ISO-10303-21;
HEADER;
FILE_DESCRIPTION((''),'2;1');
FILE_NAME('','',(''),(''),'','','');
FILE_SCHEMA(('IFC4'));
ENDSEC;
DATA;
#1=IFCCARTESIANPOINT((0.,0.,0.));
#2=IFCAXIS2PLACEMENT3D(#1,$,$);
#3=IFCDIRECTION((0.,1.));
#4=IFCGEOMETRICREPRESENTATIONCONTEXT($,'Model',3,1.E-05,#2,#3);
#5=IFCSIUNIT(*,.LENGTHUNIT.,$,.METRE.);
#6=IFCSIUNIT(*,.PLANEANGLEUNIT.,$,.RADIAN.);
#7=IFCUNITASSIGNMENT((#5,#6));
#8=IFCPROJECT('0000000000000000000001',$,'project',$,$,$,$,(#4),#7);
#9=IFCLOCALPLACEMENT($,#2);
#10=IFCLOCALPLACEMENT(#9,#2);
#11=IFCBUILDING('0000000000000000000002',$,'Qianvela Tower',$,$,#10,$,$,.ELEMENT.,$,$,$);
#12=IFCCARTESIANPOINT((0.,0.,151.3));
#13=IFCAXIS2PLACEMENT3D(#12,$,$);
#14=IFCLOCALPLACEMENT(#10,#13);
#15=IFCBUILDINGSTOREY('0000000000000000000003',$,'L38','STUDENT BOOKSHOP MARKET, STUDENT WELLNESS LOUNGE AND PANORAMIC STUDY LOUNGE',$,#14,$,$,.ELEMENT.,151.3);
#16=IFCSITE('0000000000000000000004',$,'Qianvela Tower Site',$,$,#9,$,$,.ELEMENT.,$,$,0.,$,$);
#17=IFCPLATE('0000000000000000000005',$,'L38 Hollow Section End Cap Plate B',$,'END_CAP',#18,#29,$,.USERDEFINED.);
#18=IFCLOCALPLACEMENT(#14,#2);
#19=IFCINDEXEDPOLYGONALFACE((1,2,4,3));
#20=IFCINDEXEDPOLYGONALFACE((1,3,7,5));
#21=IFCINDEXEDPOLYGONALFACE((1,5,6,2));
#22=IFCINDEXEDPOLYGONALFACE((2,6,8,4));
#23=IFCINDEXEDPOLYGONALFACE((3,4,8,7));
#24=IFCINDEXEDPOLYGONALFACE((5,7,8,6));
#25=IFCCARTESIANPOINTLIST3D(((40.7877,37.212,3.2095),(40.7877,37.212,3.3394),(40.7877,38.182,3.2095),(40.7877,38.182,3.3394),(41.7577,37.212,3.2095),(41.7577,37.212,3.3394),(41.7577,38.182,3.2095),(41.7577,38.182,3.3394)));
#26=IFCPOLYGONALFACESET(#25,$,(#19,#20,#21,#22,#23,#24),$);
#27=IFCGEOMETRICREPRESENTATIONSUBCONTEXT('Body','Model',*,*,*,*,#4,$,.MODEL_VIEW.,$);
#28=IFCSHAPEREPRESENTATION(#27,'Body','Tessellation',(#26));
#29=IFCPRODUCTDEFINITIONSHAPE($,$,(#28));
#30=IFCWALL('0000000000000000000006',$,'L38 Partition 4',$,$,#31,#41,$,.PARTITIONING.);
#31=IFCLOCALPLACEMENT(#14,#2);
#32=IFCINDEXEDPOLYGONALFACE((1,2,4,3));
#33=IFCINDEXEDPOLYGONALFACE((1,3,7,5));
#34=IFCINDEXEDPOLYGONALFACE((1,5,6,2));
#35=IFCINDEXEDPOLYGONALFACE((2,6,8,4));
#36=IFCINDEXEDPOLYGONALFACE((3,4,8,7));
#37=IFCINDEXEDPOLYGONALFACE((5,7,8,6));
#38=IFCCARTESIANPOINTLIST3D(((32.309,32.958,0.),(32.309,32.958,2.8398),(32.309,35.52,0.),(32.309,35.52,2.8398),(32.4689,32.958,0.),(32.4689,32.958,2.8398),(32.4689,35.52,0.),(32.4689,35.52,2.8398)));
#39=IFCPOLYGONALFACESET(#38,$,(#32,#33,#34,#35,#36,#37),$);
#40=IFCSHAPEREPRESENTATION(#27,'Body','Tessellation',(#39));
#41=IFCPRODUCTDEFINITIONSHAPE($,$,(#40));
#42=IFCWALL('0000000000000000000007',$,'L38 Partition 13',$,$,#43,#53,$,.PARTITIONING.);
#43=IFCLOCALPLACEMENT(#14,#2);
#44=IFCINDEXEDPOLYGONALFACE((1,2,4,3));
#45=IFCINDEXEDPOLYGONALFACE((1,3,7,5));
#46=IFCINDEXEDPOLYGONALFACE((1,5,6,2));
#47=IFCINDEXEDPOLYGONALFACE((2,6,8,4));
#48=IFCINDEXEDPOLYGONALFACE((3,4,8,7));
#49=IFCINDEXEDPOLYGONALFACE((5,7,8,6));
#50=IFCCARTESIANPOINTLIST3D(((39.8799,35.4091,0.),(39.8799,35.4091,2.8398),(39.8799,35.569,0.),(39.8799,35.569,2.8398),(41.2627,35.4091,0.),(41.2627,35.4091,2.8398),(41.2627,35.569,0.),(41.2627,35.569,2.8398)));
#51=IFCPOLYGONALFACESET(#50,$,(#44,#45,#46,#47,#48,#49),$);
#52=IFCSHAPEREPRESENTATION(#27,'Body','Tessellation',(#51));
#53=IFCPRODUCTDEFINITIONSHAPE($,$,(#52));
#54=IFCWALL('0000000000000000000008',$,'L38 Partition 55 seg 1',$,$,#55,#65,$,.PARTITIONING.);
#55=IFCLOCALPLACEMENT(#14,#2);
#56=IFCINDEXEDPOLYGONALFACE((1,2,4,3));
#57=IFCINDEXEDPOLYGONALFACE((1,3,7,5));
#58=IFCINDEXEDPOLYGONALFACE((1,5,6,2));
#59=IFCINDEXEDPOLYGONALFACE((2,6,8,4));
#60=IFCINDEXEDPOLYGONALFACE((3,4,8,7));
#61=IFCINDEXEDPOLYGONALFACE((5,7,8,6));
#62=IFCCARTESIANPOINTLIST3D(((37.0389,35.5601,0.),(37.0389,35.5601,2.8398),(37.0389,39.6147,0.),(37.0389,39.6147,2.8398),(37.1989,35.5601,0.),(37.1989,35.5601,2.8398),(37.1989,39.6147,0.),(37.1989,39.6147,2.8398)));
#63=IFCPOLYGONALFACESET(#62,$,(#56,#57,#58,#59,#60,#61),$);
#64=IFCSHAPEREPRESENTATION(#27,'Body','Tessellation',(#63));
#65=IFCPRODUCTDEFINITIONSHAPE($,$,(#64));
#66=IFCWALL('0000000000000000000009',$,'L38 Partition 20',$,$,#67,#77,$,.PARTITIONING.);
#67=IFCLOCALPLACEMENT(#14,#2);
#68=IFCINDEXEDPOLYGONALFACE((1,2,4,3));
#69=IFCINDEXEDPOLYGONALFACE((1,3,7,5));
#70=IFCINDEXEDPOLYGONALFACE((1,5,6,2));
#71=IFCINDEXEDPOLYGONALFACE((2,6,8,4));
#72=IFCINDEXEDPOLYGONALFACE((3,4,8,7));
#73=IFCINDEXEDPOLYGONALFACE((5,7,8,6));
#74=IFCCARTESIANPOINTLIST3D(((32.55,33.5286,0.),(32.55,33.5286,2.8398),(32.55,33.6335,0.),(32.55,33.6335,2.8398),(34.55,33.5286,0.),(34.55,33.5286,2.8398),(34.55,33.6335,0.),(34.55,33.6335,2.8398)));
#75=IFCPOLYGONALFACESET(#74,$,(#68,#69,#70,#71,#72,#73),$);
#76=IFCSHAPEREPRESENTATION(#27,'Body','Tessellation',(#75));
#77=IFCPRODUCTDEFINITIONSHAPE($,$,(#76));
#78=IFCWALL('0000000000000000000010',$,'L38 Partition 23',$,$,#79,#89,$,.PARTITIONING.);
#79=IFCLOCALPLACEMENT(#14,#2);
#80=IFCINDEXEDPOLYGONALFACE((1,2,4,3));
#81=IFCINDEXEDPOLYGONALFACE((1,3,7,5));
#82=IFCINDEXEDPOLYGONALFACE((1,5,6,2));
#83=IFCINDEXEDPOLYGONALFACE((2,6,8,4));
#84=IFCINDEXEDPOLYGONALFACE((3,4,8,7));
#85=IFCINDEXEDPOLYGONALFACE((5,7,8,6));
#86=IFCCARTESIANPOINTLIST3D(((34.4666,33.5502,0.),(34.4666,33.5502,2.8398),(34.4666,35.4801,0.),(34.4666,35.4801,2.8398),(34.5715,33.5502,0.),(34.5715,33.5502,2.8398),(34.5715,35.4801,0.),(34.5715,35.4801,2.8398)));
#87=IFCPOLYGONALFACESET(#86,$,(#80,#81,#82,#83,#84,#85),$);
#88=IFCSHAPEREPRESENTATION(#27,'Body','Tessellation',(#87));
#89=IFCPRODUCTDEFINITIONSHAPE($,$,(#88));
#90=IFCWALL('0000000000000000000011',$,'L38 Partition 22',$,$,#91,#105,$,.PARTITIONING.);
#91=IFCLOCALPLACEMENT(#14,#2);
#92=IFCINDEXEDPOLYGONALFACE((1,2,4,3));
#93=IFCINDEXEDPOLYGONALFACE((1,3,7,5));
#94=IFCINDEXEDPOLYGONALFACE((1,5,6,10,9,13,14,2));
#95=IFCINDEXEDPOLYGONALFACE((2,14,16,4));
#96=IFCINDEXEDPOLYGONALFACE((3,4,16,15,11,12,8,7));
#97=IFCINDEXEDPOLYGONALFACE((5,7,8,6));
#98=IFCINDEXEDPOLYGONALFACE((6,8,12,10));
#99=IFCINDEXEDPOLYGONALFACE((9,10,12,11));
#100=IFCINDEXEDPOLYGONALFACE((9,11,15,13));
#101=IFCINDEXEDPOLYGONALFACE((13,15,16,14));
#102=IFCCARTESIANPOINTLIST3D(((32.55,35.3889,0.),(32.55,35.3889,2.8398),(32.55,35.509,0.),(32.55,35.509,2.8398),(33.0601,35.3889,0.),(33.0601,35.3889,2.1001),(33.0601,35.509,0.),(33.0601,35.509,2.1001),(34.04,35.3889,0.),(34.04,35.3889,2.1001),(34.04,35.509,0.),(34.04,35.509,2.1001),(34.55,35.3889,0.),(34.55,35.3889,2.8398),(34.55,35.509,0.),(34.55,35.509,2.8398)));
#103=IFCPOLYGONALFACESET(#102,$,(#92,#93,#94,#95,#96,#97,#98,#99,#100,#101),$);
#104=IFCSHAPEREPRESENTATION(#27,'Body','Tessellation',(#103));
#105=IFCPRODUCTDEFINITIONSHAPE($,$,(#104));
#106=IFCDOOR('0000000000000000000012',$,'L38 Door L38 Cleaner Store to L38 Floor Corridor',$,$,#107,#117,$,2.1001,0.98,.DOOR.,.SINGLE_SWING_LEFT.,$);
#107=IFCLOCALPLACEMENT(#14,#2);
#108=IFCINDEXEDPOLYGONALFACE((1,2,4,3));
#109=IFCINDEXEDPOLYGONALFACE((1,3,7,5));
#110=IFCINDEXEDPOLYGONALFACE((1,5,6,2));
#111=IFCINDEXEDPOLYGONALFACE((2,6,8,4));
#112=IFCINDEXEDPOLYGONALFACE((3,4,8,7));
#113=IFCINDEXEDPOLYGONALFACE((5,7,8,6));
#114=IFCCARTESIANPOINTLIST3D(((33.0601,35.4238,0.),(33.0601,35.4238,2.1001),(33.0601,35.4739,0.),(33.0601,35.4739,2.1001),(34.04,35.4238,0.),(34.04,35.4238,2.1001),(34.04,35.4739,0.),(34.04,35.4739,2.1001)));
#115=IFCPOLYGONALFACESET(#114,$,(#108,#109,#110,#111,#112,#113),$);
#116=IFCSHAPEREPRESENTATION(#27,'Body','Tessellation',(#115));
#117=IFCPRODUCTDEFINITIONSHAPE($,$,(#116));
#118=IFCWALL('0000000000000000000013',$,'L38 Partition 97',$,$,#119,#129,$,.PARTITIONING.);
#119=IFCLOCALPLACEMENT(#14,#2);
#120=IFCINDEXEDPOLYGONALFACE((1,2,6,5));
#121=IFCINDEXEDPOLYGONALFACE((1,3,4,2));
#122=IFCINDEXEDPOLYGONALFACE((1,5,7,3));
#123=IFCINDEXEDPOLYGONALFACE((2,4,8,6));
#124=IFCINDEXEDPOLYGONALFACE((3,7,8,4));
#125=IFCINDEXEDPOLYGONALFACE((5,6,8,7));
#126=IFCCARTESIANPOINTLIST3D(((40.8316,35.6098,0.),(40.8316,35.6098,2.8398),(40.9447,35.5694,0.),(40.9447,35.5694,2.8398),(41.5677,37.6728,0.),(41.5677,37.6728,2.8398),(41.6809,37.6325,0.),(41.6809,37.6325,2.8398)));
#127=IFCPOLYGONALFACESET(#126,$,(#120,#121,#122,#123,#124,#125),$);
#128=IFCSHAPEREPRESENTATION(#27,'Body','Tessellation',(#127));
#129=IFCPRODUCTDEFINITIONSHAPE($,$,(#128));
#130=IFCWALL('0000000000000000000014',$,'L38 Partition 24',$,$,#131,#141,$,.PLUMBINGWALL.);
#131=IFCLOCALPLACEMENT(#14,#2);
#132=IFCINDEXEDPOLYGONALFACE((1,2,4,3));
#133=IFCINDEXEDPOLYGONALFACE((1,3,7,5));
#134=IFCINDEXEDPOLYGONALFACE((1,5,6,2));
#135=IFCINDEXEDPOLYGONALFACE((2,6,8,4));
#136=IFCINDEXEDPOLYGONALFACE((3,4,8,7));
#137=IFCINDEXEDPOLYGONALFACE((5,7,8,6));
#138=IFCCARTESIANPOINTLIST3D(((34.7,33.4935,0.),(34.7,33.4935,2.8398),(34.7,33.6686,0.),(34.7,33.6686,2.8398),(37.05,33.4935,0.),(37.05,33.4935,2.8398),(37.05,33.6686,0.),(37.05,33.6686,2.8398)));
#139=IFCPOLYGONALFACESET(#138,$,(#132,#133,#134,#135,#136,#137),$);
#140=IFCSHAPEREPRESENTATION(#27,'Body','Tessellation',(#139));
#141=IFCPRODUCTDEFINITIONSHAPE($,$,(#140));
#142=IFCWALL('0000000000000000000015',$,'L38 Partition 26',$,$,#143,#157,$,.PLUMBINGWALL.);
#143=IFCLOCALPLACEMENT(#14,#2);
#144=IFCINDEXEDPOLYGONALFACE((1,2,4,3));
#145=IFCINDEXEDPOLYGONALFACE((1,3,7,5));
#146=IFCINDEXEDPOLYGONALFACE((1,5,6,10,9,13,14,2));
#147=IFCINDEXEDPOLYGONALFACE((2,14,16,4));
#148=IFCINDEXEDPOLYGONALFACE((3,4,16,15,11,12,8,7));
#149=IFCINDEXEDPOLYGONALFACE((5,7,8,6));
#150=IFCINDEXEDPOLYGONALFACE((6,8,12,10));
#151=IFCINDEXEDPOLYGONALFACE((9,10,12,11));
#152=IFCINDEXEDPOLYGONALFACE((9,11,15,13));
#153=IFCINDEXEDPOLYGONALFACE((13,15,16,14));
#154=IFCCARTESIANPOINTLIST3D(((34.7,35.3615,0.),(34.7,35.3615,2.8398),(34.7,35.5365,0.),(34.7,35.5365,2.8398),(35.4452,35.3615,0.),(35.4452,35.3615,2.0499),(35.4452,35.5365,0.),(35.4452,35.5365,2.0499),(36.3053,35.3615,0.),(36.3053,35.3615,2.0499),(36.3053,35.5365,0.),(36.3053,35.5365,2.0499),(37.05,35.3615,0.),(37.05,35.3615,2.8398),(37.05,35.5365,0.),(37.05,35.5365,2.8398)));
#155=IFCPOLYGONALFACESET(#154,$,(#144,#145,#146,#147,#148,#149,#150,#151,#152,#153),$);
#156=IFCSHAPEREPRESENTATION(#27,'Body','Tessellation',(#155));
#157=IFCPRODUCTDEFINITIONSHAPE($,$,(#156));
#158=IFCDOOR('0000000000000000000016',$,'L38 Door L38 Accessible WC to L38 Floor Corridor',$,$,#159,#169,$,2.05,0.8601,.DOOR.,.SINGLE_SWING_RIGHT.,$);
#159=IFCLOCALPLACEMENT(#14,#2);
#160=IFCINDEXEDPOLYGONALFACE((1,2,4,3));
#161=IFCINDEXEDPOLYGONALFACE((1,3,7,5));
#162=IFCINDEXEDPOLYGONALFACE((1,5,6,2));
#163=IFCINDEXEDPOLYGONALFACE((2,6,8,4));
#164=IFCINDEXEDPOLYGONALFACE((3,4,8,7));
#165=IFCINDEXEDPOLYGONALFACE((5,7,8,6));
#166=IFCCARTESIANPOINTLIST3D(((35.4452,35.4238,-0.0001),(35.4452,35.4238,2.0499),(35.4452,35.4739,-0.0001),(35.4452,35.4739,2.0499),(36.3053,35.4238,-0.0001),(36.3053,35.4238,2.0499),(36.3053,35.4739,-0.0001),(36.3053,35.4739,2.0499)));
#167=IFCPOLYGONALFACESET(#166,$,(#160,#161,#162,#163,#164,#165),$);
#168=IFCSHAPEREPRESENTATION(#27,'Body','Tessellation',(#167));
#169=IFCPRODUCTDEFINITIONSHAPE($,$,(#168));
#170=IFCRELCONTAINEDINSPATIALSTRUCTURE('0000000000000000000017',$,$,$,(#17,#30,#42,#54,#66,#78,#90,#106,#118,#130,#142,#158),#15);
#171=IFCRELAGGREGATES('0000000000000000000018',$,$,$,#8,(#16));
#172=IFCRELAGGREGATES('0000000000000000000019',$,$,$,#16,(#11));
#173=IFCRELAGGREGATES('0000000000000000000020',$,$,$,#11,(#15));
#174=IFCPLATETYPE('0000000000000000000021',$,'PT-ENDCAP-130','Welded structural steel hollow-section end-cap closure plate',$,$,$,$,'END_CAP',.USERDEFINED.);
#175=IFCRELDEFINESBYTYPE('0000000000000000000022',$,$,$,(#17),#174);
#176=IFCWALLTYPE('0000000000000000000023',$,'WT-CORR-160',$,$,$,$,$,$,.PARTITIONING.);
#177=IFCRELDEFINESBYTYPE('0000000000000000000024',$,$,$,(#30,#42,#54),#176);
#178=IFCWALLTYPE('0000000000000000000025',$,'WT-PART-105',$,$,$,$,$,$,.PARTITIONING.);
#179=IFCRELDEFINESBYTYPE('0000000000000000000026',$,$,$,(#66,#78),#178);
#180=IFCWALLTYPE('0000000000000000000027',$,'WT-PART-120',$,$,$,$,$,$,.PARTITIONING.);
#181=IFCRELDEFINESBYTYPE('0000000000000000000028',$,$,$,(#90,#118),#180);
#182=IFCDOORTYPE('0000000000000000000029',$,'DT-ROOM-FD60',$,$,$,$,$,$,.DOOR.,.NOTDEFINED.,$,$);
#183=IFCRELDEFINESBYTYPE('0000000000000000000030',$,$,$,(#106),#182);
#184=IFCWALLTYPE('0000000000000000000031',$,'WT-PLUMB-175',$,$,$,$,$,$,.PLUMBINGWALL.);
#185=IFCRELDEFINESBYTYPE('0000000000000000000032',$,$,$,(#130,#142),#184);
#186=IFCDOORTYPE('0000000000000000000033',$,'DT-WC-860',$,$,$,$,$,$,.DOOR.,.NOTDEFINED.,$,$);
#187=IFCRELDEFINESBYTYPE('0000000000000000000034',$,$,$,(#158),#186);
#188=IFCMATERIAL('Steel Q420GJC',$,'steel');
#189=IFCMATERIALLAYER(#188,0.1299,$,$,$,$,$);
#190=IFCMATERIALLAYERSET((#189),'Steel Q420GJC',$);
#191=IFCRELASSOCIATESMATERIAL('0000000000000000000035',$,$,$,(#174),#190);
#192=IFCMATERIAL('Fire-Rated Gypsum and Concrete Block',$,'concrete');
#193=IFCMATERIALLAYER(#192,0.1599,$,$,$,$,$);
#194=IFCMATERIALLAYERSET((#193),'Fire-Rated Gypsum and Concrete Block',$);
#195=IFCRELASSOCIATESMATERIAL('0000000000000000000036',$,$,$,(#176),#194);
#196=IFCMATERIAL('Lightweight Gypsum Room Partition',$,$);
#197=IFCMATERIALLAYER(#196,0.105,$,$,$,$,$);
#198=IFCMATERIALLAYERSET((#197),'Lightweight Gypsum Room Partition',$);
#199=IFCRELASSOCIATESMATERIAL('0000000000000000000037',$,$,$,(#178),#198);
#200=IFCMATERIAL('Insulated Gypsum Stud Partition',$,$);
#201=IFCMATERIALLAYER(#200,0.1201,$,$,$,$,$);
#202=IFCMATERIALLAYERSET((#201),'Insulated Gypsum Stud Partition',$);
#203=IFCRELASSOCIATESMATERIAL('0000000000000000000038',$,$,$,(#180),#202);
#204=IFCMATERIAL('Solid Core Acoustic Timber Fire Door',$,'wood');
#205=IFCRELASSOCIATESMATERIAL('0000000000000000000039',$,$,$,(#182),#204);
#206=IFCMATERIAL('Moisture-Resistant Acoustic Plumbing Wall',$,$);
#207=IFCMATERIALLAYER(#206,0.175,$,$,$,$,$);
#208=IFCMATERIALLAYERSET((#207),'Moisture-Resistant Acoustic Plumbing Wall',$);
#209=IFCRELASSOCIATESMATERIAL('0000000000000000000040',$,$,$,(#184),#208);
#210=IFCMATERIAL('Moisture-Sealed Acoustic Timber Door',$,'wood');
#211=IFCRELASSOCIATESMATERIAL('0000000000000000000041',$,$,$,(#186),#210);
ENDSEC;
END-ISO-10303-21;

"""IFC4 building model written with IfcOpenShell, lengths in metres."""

from ifc_helpers import new_model, si_unit, direction, frame, frame_2d, origin, origin_2d, place, context, subcontext, project, spatial, rectangle, extrude, material, layer, layer_set, type_object, element, fill, save


model = new_model("IFC4")

# Units and contexts
model_context = context("Model", 3, precision=1e-05, world=origin(), true_north=direction((0.0, 1.0)))
body_context = subcontext(model_context, "Body", "Model", "MODEL_VIEW")
ifc_project = project(units=[si_unit("LENGTHUNIT", "METRE"), si_unit("PLANEANGLEUNIT", "RADIAN")], contexts=[model_context])

# Site, building, storey
site_placement = place(None, origin())
site = spatial("IfcSite", under=ifc_project, at=site_placement, Name="Qianvela Tower Site", CompositionType="ELEMENT", RefElevation=0.0)
building_placement = place(site_placement, origin())
building = spatial("IfcBuilding", under=site, at=building_placement, Name="Qianvela Tower", CompositionType="ELEMENT")
storey_placement = place(building_placement, frame((0.0, 0.0, 151.3)))
storey = spatial("IfcBuildingStorey", under=building, at=storey_placement, Name="L38", Description="STUDENT BOOKSHOP MARKET, STUDENT WELLNESS LOUNGE AND PANORAMIC STUDY LOUNGE", CompositionType="ELEMENT", Elevation=151.3)

# Plate
ifc_material_1 = material(Name="Steel Q420GJC", Category="steel")
ifc_layer_1 = layer(ifc_material_1, 0.1299)
ifc_layer_set_1 = layer_set([ifc_layer_1], Name="Steel Q420GJC")
plate_type_1 = type_object("IfcPlateType", Name="PT-ENDCAP-130", Description="Welded structural steel hollow-section end-cap closure plate", ElementType="END_CAP", PredefinedType="USERDEFINED", material=ifc_layer_set_1)
plate_1_placement = place(storey_placement, frame((41.2727, 37.697, 3.2095), z_axis=(0.0, 0.0, 1.0), x_axis=(1.0, 0.0, 0.0)))
element("IfcPlate", 1, at=plate_1_placement, inside=storey, type_object=plate_type_1, Name="L38 Hollow Section End Cap Plate B", ObjectType="END_CAP", PredefinedType="USERDEFINED", context=body_context, shape_type="SweptSolid", body=[
    extrude(rectangle(XDim=0.97, YDim=0.97, at=origin_2d()), origin(), (0.0, 0.0, 1.0), 0.1299),
])

# Walls
ifc_material_2 = material(Name="Fire-Rated Gypsum and Concrete Block", Category="concrete")
ifc_layer_2 = layer(ifc_material_2, 0.1599)
ifc_layer_set_2 = layer_set([ifc_layer_2], Name="Fire-Rated Gypsum and Concrete Block")
wall_type_1 = type_object("IfcWallType", Name="WT-CORR-160", PredefinedType="PARTITIONING", material=ifc_layer_set_2)
wall_1_placement = place(storey_placement, frame((32.3889, 35.52, 0.0), z_axis=(0.0, 0.0, 1.0), x_axis=(0.0, -1.0, 0.0)))
element("IfcWall", 2, at=wall_1_placement, inside=storey, type_object=wall_type_1, Name="L38 Partition 4", PredefinedType="PARTITIONING", context=body_context, shape_type="SweptSolid", body=[
    extrude(rectangle(XDim=2.562, YDim=0.1599, at=frame_2d((1.281, 0.0))), origin(), (0.0, 0.0, 1.0), 2.8398),
])
wall_2_placement = place(storey_placement, frame((39.8799, 35.489, 0.0), z_axis=(0.0, 0.0, 1.0), x_axis=(1.0, 0.0, 0.0)))
element("IfcWall", 3, at=wall_2_placement, inside=storey, type_object=wall_type_1, Name="L38 Partition 13", PredefinedType="PARTITIONING", context=body_context, shape_type="SweptSolid", body=[
    extrude(rectangle(XDim=1.3828, YDim=0.1599, at=frame_2d((0.6914, 0.0))), origin(), (0.0, 0.0, 1.0), 2.8398),
])
wall_3_placement = place(storey_placement, frame((37.1189, 39.6147, 0.0), z_axis=(0.0, 0.0, 1.0), x_axis=(0.0, -1.0, 0.0)))
element("IfcWall", 4, at=wall_3_placement, inside=storey, type_object=wall_type_1, Name="L38 Partition 55 seg 1", PredefinedType="PARTITIONING", context=body_context, shape_type="SweptSolid", body=[
    extrude(rectangle(XDim=4.0547, YDim=0.1599, at=frame_2d((2.0273, 0.0))), origin(), (0.0, 0.0, 1.0), 2.8398),
])
ifc_material_3 = material(Name="Lightweight Gypsum Room Partition")
ifc_layer_3 = layer(ifc_material_3, 0.105)
ifc_layer_set_3 = layer_set([ifc_layer_3], Name="Lightweight Gypsum Room Partition")
wall_type_2 = type_object("IfcWallType", Name="WT-PART-105", PredefinedType="PARTITIONING", material=ifc_layer_set_3)
wall_4_placement = place(storey_placement, frame((34.55, 33.5811, 0.0), z_axis=(0.0, 0.0, 1.0), x_axis=(-1.0, 0.0, 0.0)))
element("IfcWall", 5, at=wall_4_placement, inside=storey, type_object=wall_type_2, Name="L38 Partition 20", PredefinedType="PARTITIONING", context=body_context, shape_type="SweptSolid", body=[
    extrude(rectangle(XDim=2.0, YDim=0.105, at=frame_2d((1.0, 0.0))), origin(), (0.0, 0.0, 1.0), 2.8398),
])
wall_5_placement = place(storey_placement, frame((34.519, 35.48, 0.0), z_axis=(0.0, 0.0, 1.0), x_axis=(0.0, -1.0, 0.0)))
element("IfcWall", 6, at=wall_5_placement, inside=storey, type_object=wall_type_2, Name="L38 Partition 23", PredefinedType="PARTITIONING", context=body_context, shape_type="SweptSolid", body=[
    extrude(rectangle(XDim=1.9299, YDim=0.105, at=frame_2d((0.9648, 0.0))), origin(), (0.0, 0.0, 1.0), 2.8398),
])

# Wall, opening, door
ifc_material_4 = material(Name="Insulated Gypsum Stud Partition")
ifc_layer_4 = layer(ifc_material_4, 0.1201)
ifc_layer_set_4 = layer_set([ifc_layer_4], Name="Insulated Gypsum Stud Partition")
wall_type_3 = type_object("IfcWallType", Name="WT-PART-120", PredefinedType="PARTITIONING", material=ifc_layer_set_4)
wall_6_placement = place(storey_placement, frame((32.55, 35.449, 0.0), z_axis=(0.0, 0.0, 1.0), x_axis=(1.0, 0.0, 0.0)))
wall_6 = element("IfcWall", 7, at=wall_6_placement, inside=storey, type_object=wall_type_3, Name="L38 Partition 22", PredefinedType="PARTITIONING", context=body_context, shape_type="SweptSolid", body=[
    extrude(rectangle(XDim=2.0, YDim=0.1201, at=frame_2d((1.0, 0.0))), origin(), (0.0, 0.0, 1.0), 2.8398),
])
opening_1_placement = place(wall_6_placement, frame((0.51, 0.0, 0.0)))
opening_1 = element("IfcOpeningElement", 8, at=opening_1_placement, cuts=wall_6, PredefinedType="OPENING", context=body_context, shape_type="SweptSolid", body=[
    extrude(rectangle(XDim=0.98, YDim=2.1001, at=frame_2d((0.49, 1.05))), frame((0.0, 0.0701, 0.0), z_axis=(0.0, -1.0, 0.0), x_axis=(1.0, 0.0, 0.0)), (0.0, 0.0, 1.0), 0.1401),
])
ifc_material_5 = material(Name="Solid Core Acoustic Timber Fire Door", Category="wood")
door_type_1 = type_object("IfcDoorType", Name="DT-ROOM-FD60", OperationType="NOTDEFINED", PredefinedType="DOOR", material=ifc_material_5)
door_1_placement = place(opening_1_placement, origin())
door_1 = element("IfcDoor", 9, at=door_1_placement, inside=storey, type_object=door_type_1, Name="L38 Door L38 Cleaner Store to L38 Floor Corridor", OperationType="SINGLE_SWING_LEFT", OverallHeight=2.1001, OverallWidth=0.98, PredefinedType="DOOR", context=body_context, shape_type="SweptSolid", body=[
    extrude(rectangle(XDim=0.98, YDim=2.1001, at=frame_2d((0.49, 1.05))), frame((0.0, 0.0249, 0.0), z_axis=(0.0, -1.0, 0.0), x_axis=(1.0, 0.0, 0.0)), (0.0, 0.0, 1.0), 0.05),
])
fill(opening_1, door_1)

# Walls
wall_7_placement = place(storey_placement, frame((40.8882, 35.5896, 0.0), z_axis=(0.0, 0.0, 1.0), x_axis=(0.336054, 0.941843, 0.0)))
element("IfcWall", 10, at=wall_7_placement, inside=storey, type_object=wall_type_3, Name="L38 Partition 97", PredefinedType="PARTITIONING", context=body_context, shape_type="SweptSolid", body=[
    extrude(rectangle(XDim=2.1904, YDim=0.1201, at=frame_2d((1.0952, 0.0))), origin(), (0.0, 0.0, 1.0), 2.8398),
])
ifc_material_6 = material(Name="Moisture-Resistant Acoustic Plumbing Wall")
ifc_layer_5 = layer(ifc_material_6, 0.175)
ifc_layer_set_5 = layer_set([ifc_layer_5], Name="Moisture-Resistant Acoustic Plumbing Wall")
wall_type_4 = type_object("IfcWallType", Name="WT-PLUMB-175", PredefinedType="PLUMBINGWALL", material=ifc_layer_set_5)
wall_8_placement = place(storey_placement, frame((37.05, 33.5811, 0.0), z_axis=(0.0, 0.0, 1.0), x_axis=(-1.0, 0.0, 0.0)))
element("IfcWall", 11, at=wall_8_placement, inside=storey, type_object=wall_type_4, Name="L38 Partition 24", PredefinedType="PLUMBINGWALL", context=body_context, shape_type="SweptSolid", body=[
    extrude(rectangle(XDim=2.3501, YDim=0.175, at=frame_2d((1.175, 0.0))), origin(), (0.0, 0.0, 1.0), 2.8398),
])

# Wall, opening, door
wall_9_placement = place(storey_placement, frame((34.7, 35.449, 0.0), z_axis=(0.0, 0.0, 1.0), x_axis=(1.0, 0.0, 0.0)))
wall_9 = element("IfcWall", 12, at=wall_9_placement, inside=storey, type_object=wall_type_4, Name="L38 Partition 26", PredefinedType="PLUMBINGWALL", context=body_context, shape_type="SweptSolid", body=[
    extrude(rectangle(XDim=2.3501, YDim=0.175, at=frame_2d((1.175, 0.0))), origin(), (0.0, 0.0, 1.0), 2.8398),
])
opening_2_placement = place(wall_9_placement, frame((0.7451, 0.0, 0.0)))
opening_2 = element("IfcOpeningElement", 13, at=opening_2_placement, cuts=wall_9, PredefinedType="OPENING", context=body_context, shape_type="SweptSolid", body=[
    extrude(rectangle(XDim=0.8601, YDim=2.05, at=frame_2d((0.4302, 1.0249))), frame((0.0, 0.0974, 0.0), z_axis=(0.0, -1.0, 0.0), x_axis=(1.0, 0.0, 0.0)), (0.0, 0.0, 1.0), 0.1951),
])
ifc_material_7 = material(Name="Moisture-Sealed Acoustic Timber Door", Category="wood")
door_type_2 = type_object("IfcDoorType", Name="DT-WC-860", OperationType="NOTDEFINED", PredefinedType="DOOR", material=ifc_material_7)
door_2_placement = place(opening_2_placement, origin())
door_2 = element("IfcDoor", 14, at=door_2_placement, inside=storey, type_object=door_type_2, Name="L38 Door L38 Accessible WC to L38 Floor Corridor", OperationType="SINGLE_SWING_RIGHT", OverallHeight=2.05, OverallWidth=0.8601, PredefinedType="DOOR", context=body_context, shape_type="SweptSolid", body=[
    extrude(rectangle(XDim=0.8601, YDim=2.05, at=frame_2d((0.4302, 1.0249))), frame((0.0, 0.0249, 0.0), z_axis=(0.0, -1.0, 0.0), x_axis=(1.0, 0.0, 0.0)), (0.0, 0.0, 1.0), 0.05),
])
fill(opening_2, door_2)

save(model, "model.ifc")
